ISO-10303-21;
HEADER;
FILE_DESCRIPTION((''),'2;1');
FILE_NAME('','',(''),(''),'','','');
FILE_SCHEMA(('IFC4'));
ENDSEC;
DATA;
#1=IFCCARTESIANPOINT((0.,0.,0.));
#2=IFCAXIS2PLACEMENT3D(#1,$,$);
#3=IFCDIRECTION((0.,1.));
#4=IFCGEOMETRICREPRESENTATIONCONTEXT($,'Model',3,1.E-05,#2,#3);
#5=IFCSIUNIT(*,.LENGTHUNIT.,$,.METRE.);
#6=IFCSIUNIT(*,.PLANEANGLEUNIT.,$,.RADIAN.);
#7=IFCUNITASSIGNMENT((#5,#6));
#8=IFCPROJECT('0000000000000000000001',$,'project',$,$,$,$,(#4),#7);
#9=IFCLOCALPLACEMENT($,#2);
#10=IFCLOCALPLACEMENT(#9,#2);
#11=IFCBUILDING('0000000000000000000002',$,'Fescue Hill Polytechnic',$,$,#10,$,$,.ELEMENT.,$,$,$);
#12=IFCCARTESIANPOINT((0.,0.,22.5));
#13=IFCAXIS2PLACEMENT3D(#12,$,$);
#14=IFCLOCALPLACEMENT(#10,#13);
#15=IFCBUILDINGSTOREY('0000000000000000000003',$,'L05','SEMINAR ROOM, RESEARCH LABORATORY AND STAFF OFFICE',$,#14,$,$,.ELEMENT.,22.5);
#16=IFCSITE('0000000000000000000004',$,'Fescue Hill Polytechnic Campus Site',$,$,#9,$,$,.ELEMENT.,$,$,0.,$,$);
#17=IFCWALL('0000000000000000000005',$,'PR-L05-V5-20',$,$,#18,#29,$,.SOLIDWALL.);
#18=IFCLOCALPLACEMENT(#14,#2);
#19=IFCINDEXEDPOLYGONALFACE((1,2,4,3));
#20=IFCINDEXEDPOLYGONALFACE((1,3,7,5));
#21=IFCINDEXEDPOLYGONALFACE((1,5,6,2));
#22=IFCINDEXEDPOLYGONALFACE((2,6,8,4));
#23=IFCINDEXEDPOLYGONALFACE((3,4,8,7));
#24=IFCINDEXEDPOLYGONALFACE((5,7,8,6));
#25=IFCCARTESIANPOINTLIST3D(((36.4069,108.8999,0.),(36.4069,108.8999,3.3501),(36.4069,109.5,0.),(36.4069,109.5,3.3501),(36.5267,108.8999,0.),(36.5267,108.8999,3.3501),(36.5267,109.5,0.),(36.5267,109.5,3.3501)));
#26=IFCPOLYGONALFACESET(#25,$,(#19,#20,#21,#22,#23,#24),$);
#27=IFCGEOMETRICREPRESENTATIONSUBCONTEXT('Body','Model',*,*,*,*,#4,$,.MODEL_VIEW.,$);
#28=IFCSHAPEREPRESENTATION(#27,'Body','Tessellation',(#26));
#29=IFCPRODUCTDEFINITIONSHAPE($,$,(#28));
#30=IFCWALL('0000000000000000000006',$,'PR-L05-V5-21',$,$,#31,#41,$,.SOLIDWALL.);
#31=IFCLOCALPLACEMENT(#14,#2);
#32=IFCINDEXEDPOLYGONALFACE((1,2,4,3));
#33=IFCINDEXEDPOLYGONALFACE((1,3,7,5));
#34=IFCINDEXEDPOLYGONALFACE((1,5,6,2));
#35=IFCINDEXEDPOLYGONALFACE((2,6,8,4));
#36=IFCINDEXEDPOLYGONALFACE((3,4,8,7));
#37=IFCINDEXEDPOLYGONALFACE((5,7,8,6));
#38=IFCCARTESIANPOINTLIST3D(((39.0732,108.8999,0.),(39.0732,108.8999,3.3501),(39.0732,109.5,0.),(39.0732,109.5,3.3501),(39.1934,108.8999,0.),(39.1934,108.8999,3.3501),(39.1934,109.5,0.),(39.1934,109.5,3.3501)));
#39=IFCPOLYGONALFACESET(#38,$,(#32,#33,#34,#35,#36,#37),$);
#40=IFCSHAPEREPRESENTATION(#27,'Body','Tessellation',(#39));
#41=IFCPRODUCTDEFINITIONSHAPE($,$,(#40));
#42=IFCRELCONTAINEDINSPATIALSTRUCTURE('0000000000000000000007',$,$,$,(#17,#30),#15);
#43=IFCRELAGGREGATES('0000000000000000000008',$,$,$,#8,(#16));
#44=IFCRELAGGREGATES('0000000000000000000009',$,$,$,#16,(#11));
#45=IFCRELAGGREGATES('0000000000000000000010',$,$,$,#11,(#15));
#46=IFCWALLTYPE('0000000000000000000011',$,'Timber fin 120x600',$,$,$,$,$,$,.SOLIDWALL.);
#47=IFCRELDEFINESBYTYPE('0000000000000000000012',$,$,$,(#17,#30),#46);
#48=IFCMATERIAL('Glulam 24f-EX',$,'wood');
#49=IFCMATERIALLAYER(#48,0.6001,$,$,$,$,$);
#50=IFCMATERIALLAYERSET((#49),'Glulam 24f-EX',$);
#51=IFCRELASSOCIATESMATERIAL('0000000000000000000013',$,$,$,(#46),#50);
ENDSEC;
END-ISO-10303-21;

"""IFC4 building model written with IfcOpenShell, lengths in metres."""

from ifc_helpers import new_model, si_unit, direction, frame, frame_2d, origin, place, context, subcontext, project, spatial, rectangle, extrude, material, layer, layer_set, type_object, element, save


model = new_model("IFC4")

# Units and contexts
model_context = context("Model", 3, precision=1e-05, world=origin(), true_north=direction((0.0, 1.0)))
body_context = subcontext(model_context, "Body", "Model", "MODEL_VIEW")
ifc_project = project(units=[si_unit("LENGTHUNIT", "METRE"), si_unit("PLANEANGLEUNIT", "RADIAN")], contexts=[model_context])

# Site, building, storey
site_placement = place(None, origin())
site = spatial("IfcSite", under=ifc_project, at=site_placement, Name="Fescue Hill Polytechnic Campus Site", CompositionType="ELEMENT", RefElevation=0.0)
building_placement = place(site_placement, origin())
building = spatial("IfcBuilding", under=site, at=building_placement, Name="Fescue Hill Polytechnic", CompositionType="ELEMENT")
storey_placement = place(building_placement, frame((0.0, 0.0, 22.5)))
storey = spatial("IfcBuildingStorey", under=building, at=storey_placement, Name="L05", Description="SEMINAR ROOM, RESEARCH LABORATORY AND STAFF OFFICE", CompositionType="ELEMENT", Elevation=22.5)

# Walls
ifc_material_1 = material(Name="Glulam 24f-EX", Category="wood")
ifc_layer_1 = layer(ifc_material_1, 0.6001)
ifc_layer_set_1 = layer_set([ifc_layer_1], Name="Glulam 24f-EX")
wall_type_1 = type_object("IfcWallType", Name="Timber fin 120x600", PredefinedType="SOLIDWALL", material=ifc_layer_set_1)
wall_1_placement = place(storey_placement, frame((36.4067, 109.2, 0.0), z_axis=(0.0, 0.0, 1.0), x_axis=(1.0, 0.0, 0.0)))
element("IfcWall", 1, at=wall_1_placement, inside=storey, type_object=wall_type_1, Name="PR-L05-V5-20", PredefinedType="SOLIDWALL", context=body_context, shape_type="SweptSolid", body=[
    extrude(rectangle(XDim=0.1199, YDim=0.6001, at=frame_2d((0.0601, 0.0))), origin(), (0.0, 0.0, 1.0), 3.3501),
])
wall_2_placement = place(storey_placement, frame((39.0732, 109.2, 0.0), z_axis=(0.0, 0.0, 1.0), x_axis=(1.0, 0.0, 0.0)))
element("IfcWall", 2, at=wall_2_placement, inside=storey, type_object=wall_type_1, Name="PR-L05-V5-21", PredefinedType="SOLIDWALL", context=body_context, shape_type="SweptSolid", body=[
    extrude(rectangle(XDim=0.1201, YDim=0.6001, at=frame_2d((0.0601, 0.0))), origin(), (0.0, 0.0, 1.0), 3.3501),
])

save(model, "model.ifc")
